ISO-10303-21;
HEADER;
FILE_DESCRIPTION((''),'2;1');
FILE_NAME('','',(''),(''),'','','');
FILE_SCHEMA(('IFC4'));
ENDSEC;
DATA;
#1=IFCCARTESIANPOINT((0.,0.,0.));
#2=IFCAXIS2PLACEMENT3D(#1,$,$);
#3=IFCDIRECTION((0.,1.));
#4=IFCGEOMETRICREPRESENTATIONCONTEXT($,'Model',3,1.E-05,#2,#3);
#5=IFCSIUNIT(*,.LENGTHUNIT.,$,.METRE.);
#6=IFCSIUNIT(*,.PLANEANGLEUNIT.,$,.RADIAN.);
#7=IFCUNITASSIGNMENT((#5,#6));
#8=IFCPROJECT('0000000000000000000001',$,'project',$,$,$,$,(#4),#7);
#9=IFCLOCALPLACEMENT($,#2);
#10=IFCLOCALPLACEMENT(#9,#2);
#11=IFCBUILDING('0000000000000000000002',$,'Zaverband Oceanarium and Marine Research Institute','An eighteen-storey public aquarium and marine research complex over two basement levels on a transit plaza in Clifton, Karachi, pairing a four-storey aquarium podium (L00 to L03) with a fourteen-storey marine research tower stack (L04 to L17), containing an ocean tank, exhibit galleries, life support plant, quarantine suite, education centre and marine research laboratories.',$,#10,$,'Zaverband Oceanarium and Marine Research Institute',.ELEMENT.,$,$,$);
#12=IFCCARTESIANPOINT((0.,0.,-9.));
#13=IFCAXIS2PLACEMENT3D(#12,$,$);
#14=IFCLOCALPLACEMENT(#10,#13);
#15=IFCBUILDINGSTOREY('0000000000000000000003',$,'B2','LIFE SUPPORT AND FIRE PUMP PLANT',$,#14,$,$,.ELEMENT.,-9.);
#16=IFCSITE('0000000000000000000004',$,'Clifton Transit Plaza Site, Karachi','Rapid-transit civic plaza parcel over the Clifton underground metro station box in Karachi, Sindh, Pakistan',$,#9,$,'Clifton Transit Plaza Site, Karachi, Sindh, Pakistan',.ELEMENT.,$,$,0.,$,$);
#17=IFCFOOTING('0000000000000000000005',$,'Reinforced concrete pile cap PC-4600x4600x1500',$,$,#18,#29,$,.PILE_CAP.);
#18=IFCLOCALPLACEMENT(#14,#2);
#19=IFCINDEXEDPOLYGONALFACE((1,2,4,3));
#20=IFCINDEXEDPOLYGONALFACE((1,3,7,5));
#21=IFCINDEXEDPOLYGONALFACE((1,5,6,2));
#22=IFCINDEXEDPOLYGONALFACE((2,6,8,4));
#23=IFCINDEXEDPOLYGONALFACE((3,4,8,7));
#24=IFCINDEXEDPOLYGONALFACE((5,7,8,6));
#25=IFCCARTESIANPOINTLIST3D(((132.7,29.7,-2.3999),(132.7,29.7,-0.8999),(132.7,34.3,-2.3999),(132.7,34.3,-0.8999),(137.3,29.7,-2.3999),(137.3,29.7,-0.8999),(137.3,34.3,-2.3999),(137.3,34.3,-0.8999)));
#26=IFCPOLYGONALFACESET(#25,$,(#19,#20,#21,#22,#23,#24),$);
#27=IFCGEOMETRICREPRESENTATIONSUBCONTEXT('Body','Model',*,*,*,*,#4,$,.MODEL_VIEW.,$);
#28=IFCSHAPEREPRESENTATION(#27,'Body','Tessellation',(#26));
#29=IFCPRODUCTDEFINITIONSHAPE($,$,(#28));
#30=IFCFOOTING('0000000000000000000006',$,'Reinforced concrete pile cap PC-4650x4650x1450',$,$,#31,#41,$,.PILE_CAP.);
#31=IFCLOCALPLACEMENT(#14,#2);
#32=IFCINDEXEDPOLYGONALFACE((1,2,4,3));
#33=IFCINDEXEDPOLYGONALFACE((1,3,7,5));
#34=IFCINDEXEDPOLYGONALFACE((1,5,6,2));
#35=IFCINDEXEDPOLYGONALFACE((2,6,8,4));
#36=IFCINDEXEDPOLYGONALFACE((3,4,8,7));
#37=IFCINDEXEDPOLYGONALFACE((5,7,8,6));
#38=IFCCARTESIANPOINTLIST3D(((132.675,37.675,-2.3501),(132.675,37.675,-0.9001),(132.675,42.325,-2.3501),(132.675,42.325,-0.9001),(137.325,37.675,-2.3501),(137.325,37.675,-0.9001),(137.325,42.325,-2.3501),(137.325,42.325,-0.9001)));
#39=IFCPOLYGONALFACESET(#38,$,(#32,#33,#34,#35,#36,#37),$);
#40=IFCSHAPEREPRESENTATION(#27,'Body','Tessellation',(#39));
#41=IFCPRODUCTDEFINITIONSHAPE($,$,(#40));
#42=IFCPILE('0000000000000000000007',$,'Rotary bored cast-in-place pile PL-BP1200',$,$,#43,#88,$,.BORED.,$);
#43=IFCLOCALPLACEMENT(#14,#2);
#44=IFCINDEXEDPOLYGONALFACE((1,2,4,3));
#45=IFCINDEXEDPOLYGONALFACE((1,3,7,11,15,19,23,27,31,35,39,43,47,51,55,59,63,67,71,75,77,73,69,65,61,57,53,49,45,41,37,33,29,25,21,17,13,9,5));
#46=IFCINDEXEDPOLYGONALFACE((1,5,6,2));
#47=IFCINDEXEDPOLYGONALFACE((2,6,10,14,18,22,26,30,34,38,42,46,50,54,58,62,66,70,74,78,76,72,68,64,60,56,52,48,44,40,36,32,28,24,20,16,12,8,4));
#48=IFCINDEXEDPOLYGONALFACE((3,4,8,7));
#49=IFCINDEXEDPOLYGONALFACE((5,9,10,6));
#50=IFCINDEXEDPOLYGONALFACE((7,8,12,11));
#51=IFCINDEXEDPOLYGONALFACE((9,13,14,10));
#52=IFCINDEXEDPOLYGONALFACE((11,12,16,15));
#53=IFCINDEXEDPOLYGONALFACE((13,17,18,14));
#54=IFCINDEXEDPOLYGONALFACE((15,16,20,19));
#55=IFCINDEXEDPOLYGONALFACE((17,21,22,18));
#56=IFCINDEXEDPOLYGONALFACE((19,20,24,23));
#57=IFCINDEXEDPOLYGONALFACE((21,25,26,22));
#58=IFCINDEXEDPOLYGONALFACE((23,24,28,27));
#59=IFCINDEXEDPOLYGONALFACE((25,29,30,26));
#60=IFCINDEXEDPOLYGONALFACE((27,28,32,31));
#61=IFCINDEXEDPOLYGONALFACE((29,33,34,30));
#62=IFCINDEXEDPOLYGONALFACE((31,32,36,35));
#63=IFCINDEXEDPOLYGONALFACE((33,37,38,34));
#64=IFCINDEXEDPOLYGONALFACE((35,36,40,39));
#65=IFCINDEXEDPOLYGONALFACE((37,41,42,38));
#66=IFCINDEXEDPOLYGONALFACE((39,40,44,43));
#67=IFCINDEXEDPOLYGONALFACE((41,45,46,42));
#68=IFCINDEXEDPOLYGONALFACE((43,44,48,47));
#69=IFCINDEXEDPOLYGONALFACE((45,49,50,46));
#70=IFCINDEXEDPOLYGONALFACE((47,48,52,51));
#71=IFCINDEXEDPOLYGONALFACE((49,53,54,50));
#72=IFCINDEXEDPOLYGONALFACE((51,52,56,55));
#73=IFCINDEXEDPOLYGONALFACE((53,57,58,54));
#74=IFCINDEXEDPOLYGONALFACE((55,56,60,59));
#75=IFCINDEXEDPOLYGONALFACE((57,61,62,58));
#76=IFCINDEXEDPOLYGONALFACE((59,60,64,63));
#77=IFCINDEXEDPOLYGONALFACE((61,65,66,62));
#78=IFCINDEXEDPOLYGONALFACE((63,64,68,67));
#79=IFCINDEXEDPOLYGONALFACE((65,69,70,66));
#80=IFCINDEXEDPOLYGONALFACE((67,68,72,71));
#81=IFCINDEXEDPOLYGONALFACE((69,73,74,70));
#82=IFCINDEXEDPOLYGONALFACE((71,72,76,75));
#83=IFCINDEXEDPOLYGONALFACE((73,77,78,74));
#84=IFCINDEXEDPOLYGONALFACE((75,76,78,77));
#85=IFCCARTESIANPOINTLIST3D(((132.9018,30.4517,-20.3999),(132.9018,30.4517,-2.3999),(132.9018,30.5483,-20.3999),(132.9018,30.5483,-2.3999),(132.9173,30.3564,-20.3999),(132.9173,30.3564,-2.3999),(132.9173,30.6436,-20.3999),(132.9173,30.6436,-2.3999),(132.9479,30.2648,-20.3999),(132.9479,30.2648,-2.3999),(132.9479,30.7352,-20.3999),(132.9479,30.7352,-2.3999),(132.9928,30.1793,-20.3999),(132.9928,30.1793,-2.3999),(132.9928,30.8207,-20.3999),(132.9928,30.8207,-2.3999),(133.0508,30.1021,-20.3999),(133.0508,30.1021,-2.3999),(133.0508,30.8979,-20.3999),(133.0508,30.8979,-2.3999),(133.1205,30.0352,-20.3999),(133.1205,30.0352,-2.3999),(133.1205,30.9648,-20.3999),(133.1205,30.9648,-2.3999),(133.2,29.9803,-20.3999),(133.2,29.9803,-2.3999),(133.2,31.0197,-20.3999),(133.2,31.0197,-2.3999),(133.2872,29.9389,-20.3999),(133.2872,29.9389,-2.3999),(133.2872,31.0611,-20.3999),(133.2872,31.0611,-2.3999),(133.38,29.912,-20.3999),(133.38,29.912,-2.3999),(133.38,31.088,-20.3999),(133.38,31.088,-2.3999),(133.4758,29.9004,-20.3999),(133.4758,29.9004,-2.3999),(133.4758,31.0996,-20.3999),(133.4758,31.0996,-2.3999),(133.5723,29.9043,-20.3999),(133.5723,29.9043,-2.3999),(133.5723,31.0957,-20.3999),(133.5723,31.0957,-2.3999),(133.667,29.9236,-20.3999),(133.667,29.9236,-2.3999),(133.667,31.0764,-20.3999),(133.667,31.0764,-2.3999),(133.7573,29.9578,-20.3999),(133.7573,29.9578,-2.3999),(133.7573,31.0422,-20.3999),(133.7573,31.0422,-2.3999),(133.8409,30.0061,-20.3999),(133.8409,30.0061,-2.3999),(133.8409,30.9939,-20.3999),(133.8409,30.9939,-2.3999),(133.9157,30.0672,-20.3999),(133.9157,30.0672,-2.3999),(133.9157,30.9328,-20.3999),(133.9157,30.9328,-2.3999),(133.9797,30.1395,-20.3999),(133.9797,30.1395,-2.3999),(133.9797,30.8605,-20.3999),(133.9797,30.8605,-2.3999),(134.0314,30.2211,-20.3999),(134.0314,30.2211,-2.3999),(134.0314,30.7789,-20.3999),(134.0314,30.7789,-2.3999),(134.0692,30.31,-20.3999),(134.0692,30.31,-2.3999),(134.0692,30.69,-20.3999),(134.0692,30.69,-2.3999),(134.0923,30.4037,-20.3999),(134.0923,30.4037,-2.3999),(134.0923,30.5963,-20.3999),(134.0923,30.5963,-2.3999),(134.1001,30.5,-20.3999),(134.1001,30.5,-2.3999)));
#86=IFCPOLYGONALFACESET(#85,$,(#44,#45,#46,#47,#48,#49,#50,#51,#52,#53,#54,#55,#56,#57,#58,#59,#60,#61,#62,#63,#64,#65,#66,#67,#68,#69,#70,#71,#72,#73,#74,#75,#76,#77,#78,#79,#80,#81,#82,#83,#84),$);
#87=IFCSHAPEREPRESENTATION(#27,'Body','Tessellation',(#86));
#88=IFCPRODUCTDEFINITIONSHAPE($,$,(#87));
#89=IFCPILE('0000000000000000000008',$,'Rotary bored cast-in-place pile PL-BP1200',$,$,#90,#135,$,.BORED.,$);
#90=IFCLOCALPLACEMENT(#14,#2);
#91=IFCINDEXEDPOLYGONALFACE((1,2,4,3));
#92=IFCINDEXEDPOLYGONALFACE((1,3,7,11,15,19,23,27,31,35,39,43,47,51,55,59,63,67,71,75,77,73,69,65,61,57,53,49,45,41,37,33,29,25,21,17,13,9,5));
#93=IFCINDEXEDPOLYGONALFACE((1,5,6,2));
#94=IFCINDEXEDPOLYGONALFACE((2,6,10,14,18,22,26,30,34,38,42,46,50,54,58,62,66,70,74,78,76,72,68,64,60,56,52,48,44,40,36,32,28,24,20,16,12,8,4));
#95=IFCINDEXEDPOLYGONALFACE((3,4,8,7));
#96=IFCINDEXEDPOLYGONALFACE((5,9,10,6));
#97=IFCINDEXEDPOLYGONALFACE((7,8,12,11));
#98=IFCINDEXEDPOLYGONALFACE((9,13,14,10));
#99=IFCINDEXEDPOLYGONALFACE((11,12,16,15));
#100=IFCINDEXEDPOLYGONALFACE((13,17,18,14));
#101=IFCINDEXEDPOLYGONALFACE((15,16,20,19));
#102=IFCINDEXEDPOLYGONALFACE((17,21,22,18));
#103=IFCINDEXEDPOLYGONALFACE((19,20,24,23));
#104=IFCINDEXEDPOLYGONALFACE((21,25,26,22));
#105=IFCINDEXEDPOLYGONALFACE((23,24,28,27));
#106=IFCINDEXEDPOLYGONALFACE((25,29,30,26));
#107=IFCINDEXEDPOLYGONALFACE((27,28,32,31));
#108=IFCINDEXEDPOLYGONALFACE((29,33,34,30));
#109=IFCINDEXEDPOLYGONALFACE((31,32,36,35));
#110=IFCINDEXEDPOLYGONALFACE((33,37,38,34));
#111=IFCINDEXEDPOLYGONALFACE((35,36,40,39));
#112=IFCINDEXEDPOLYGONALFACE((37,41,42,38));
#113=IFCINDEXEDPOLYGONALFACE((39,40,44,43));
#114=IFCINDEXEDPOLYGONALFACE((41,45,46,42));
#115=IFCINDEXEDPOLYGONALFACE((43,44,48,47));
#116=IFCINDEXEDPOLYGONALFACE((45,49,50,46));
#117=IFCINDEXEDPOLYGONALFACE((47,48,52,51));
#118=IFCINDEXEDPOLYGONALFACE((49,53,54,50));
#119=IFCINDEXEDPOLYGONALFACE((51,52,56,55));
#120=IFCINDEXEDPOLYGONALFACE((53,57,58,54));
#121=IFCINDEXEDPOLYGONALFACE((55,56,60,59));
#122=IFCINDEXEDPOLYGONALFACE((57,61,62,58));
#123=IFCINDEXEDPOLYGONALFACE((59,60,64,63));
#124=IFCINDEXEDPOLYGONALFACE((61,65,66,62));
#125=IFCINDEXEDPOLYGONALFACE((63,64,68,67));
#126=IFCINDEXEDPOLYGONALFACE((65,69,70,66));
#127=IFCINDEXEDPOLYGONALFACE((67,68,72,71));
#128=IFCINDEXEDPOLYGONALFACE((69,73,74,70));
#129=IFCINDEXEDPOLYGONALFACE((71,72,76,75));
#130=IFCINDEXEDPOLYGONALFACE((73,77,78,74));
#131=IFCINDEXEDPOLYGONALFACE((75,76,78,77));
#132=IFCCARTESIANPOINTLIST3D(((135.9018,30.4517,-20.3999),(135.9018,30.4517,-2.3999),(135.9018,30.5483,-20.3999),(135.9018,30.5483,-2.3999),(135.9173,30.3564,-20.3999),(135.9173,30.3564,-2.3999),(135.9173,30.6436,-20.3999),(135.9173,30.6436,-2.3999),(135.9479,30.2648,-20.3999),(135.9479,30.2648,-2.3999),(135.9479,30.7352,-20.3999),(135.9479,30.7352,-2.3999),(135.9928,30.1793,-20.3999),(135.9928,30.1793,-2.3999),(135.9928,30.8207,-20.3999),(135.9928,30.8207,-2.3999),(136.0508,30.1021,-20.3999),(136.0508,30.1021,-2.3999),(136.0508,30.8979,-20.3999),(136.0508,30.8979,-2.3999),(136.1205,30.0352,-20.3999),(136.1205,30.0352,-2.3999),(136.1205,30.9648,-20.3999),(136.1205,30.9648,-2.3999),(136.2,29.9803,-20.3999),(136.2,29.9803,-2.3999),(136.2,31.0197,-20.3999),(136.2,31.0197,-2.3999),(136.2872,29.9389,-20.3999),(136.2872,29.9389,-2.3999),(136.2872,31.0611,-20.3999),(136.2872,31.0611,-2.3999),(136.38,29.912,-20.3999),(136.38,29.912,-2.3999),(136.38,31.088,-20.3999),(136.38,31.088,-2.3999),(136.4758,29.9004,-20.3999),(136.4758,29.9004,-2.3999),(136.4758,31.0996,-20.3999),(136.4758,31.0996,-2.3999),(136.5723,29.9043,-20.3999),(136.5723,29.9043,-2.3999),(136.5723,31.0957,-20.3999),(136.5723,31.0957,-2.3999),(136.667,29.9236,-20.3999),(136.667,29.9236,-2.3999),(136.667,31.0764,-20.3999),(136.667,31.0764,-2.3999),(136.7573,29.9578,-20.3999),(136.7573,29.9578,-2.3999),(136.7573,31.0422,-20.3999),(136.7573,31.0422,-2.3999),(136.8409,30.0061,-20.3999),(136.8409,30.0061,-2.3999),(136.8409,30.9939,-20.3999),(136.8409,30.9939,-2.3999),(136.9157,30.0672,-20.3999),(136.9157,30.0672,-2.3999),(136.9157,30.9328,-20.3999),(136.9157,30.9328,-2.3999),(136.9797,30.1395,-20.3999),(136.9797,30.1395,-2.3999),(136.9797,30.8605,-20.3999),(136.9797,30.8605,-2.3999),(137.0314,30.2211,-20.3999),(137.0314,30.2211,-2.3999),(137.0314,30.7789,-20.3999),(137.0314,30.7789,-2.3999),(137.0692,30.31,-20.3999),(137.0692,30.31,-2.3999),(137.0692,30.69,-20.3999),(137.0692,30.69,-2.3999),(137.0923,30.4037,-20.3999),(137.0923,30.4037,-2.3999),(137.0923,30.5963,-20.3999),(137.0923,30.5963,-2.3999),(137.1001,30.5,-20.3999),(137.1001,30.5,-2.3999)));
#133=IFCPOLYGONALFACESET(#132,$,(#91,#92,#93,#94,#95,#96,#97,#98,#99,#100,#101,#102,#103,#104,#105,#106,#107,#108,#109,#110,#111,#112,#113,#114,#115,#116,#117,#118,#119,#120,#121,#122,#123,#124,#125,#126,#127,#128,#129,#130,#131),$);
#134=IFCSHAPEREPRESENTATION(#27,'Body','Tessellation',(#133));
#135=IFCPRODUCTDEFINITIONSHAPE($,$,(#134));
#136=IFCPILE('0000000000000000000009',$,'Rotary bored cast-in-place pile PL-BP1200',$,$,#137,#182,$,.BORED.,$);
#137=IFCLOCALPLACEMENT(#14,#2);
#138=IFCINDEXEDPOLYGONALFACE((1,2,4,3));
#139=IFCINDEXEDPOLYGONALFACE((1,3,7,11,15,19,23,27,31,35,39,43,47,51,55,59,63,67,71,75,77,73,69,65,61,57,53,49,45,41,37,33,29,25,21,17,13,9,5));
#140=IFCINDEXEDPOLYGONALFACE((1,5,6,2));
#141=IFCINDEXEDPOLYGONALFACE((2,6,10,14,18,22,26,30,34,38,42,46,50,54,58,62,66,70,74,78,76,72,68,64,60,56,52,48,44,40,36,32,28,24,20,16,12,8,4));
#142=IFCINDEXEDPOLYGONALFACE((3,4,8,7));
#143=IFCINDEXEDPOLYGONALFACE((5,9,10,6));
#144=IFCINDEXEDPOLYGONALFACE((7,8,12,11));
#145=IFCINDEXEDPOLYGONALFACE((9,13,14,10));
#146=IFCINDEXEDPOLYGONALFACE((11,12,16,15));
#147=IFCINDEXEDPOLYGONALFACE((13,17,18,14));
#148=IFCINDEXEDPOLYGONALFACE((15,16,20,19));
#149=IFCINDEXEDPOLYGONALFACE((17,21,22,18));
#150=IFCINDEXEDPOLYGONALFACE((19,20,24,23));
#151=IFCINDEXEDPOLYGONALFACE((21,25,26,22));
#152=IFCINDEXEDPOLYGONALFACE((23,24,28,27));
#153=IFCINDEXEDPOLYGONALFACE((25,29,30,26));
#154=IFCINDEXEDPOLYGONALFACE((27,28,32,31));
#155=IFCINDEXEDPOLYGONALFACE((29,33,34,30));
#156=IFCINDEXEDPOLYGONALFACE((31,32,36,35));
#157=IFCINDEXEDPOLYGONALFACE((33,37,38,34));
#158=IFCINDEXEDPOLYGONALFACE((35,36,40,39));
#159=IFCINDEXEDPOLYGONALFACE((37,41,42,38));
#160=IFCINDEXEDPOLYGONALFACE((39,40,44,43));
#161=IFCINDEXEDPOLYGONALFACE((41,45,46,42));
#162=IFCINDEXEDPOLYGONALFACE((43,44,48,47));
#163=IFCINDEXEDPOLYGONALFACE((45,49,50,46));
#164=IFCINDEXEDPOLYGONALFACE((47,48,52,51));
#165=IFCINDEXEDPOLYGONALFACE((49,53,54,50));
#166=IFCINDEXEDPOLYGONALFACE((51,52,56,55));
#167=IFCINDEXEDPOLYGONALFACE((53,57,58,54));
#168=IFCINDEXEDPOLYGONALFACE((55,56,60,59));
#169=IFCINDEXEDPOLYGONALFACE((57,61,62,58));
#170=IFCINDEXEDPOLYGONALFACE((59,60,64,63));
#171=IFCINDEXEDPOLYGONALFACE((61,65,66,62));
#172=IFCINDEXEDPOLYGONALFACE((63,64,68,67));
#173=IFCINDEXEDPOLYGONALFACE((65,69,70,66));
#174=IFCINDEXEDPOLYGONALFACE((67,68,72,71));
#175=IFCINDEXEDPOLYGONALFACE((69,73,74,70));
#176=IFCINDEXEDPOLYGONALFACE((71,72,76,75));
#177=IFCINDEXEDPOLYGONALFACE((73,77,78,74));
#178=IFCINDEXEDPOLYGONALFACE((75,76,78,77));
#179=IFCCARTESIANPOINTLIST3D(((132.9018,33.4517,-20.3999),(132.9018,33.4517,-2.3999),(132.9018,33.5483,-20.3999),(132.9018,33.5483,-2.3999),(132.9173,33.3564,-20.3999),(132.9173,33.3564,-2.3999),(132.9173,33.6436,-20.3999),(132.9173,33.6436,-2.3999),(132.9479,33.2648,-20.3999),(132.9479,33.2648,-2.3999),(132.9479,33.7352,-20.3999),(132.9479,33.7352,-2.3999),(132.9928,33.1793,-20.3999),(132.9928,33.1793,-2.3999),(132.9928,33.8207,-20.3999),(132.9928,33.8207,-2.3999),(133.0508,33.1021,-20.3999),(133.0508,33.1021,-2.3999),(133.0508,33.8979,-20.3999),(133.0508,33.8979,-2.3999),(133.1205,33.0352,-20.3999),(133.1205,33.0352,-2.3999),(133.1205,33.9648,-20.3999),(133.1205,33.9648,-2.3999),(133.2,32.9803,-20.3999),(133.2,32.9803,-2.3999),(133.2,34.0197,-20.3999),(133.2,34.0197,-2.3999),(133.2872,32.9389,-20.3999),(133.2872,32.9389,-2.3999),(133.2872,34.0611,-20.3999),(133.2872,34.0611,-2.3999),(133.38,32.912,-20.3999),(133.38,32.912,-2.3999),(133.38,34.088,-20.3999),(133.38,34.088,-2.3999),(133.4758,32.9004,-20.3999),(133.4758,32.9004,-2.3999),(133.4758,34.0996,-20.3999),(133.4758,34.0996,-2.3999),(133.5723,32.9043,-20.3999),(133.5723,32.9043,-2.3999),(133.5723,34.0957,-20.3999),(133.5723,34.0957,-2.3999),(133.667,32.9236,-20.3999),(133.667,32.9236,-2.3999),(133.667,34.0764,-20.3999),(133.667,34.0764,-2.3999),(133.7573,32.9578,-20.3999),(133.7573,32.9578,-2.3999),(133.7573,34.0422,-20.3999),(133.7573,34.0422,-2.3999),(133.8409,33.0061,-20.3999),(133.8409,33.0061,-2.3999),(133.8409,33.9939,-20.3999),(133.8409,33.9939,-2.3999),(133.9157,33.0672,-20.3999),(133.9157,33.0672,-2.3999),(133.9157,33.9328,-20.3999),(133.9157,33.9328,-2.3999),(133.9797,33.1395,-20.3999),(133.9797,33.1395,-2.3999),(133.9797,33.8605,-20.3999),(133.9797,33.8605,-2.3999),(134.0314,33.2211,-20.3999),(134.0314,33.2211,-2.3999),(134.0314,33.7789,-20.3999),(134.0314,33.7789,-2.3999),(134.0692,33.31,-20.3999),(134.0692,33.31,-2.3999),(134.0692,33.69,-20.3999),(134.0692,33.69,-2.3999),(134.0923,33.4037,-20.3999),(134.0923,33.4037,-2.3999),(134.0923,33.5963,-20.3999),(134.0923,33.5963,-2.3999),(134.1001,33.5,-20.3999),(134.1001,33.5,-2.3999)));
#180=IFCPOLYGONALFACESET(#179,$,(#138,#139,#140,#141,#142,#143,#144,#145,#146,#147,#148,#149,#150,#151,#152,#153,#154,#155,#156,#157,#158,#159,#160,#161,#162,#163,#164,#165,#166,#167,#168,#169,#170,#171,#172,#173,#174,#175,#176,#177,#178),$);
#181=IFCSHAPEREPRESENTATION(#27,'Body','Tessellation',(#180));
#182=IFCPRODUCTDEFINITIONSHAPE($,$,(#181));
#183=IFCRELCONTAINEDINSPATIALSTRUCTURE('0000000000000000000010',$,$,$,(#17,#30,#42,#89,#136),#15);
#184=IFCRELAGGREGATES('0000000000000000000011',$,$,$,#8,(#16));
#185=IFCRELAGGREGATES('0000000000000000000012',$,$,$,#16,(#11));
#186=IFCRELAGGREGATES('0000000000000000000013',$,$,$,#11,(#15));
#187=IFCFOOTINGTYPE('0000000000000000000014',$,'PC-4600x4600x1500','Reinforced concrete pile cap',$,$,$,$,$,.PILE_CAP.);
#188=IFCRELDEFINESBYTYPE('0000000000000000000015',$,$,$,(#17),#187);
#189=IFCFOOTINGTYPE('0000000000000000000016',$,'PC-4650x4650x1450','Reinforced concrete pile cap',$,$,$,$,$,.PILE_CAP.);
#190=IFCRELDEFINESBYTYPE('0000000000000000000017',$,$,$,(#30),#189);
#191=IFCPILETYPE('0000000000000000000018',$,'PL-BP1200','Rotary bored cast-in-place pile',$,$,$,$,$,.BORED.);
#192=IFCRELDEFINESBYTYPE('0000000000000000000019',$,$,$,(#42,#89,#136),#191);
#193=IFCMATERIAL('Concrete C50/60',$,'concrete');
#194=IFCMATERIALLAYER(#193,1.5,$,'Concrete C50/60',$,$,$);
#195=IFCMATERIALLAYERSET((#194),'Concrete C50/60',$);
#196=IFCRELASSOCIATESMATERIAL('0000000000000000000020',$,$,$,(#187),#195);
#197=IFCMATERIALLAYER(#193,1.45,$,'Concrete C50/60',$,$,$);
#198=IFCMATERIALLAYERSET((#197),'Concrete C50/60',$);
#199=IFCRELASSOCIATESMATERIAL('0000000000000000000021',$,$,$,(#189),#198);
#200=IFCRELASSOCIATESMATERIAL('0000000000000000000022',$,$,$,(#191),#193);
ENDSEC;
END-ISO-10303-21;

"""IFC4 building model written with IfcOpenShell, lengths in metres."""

from ifc_helpers import new_model, si_unit, direction, frame, origin, origin_2d, place, context, subcontext, project, spatial, rectangle, circle, extrude, material, layer, layer_set, material_profile, profile_set, type_object, element, save


model = new_model("IFC4")

# Units and contexts
model_context = context("Model", 3, precision=1e-05, world=origin(), true_north=direction((0.0, 1.0)))
body_context = subcontext(model_context, "Body", "Model", "MODEL_VIEW")
ifc_project = project(units=[si_unit("LENGTHUNIT", "METRE"), si_unit("PLANEANGLEUNIT", "RADIAN")], contexts=[model_context])

# Site, building, storey
site_placement = place(None, origin())
site = spatial("IfcSite", under=ifc_project, at=site_placement, Name="Clifton Transit Plaza Site, Karachi", Description="Rapid-transit civic plaza parcel over the Clifton underground metro station box in Karachi, Sindh, Pakistan", LongName="Clifton Transit Plaza Site, Karachi, Sindh, Pakistan", CompositionType="ELEMENT", RefElevation=0.0)
building_placement = place(site_placement, origin())
building = spatial("IfcBuilding", under=site, at=building_placement, Name="Zaverband Oceanarium and Marine Research Institute", Description="An eighteen-storey public aquarium and marine research complex over two basement levels on a transit plaza in Clifton, Karachi, pairing a four-storey aquarium podium (L00 to L03) with a fourteen-storey marine research tower stack (L04 to L17), containing an ocean tank, exhibit galleries, life support plant, quarantine suite, education centre and marine research laboratories.", LongName="Zaverband Oceanarium and Marine Research Institute", CompositionType="ELEMENT")
storey_placement = place(building_placement, frame((0.0, 0.0, -9.0)))
storey = spatial("IfcBuildingStorey", under=building, at=storey_placement, Name="B2", Description="LIFE SUPPORT AND FIRE PUMP PLANT", CompositionType="ELEMENT", Elevation=-9.0)

# Footings
ifc_material_1 = material(Name="Concrete C50/60", Category="concrete")
ifc_layer_1 = layer(ifc_material_1, 1.5, Name="Concrete C50/60")
ifc_layer_set_1 = layer_set([ifc_layer_1], Name="Concrete C50/60")
footing_type_1 = type_object("IfcFootingType", Name="PC-4600x4600x1500", Description="Reinforced concrete pile cap", PredefinedType="PILE_CAP", material=ifc_layer_set_1)
footing_1_placement = place(storey_placement, frame((135.0, 32.0, -2.3999), z_axis=(0.0, 0.0, 1.0), x_axis=(1.0, 0.0, 0.0)))
element("IfcFooting", 1, at=footing_1_placement, inside=storey, type_object=footing_type_1, Name="Reinforced concrete pile cap PC-4600x4600x1500", PredefinedType="PILE_CAP", context=body_context, shape_type="SweptSolid", body=[
    extrude(rectangle(XDim=4.6001, YDim=4.6001, at=origin_2d()), origin(), (0.0, 0.0, 1.0), 1.5),
])
ifc_layer_2 = layer(ifc_material_1, 1.45, Name="Concrete C50/60")
ifc_layer_set_2 = layer_set([ifc_layer_2], Name="Concrete C50/60")
footing_type_2 = type_object("IfcFootingType", Name="PC-4650x4650x1450", Description="Reinforced concrete pile cap", PredefinedType="PILE_CAP", material=ifc_layer_set_2)
footing_2_placement = place(storey_placement, frame((135.0, 40.0, -2.3501), z_axis=(0.0, 0.0, 1.0), x_axis=(1.0, 0.0, 0.0)))
element("IfcFooting", 2, at=footing_2_placement, inside=storey, type_object=footing_type_2, Name="Reinforced concrete pile cap PC-4650x4650x1450", PredefinedType="PILE_CAP", context=body_context, shape_type="SweptSolid", body=[
    extrude(rectangle(XDim=4.6499, YDim=4.6499, at=origin_2d()), origin(), (0.0, 0.0, 1.0), 1.45),
])

# Piles
ifc_material_profile_1 = material_profile(ifc_material_1, circle(Radius=0.6001, at=origin_2d()), Name="BP1200")
ifc_profile_set_1 = profile_set([ifc_material_profile_1], Name="Concrete C50/60")
pile_type = type_object("IfcPileType", Name="PL-BP1200", Description="Rotary bored cast-in-place pile", PredefinedType="BORED", material=ifc_profile_set_1)
for number, where, z_axis, x_axis, name in (
    (3, (133.5, 30.5, -2.3999), (0.0, 0.0, -1.0), (1.0, 0.0, 0.0), "Rotary bored cast-in-place pile PL-BP1200"),
    (4, (136.5, 30.5, -2.3999), (0.0, 0.0, -1.0), (1.0, 0.0, 0.0), "Rotary bored cast-in-place pile PL-BP1200"),
    (5, (133.5, 33.5, -2.3999), (0.0, 0.0, -1.0), (1.0, 0.0, 0.0), "Rotary bored cast-in-place pile PL-BP1200"),
):
    element("IfcPile", number, at=place(storey_placement, frame(where, z_axis=z_axis, x_axis=x_axis)), inside=storey, type_object=pile_type, Name=name, PredefinedType="BORED", context=body_context, shape_type="SweptSolid", body=[
        extrude(circle(Radius=0.6001, at=origin_2d()), origin(), (0.0, 0.0, 1.0), 18.0),
    ])

save(model, "model.ifc")
